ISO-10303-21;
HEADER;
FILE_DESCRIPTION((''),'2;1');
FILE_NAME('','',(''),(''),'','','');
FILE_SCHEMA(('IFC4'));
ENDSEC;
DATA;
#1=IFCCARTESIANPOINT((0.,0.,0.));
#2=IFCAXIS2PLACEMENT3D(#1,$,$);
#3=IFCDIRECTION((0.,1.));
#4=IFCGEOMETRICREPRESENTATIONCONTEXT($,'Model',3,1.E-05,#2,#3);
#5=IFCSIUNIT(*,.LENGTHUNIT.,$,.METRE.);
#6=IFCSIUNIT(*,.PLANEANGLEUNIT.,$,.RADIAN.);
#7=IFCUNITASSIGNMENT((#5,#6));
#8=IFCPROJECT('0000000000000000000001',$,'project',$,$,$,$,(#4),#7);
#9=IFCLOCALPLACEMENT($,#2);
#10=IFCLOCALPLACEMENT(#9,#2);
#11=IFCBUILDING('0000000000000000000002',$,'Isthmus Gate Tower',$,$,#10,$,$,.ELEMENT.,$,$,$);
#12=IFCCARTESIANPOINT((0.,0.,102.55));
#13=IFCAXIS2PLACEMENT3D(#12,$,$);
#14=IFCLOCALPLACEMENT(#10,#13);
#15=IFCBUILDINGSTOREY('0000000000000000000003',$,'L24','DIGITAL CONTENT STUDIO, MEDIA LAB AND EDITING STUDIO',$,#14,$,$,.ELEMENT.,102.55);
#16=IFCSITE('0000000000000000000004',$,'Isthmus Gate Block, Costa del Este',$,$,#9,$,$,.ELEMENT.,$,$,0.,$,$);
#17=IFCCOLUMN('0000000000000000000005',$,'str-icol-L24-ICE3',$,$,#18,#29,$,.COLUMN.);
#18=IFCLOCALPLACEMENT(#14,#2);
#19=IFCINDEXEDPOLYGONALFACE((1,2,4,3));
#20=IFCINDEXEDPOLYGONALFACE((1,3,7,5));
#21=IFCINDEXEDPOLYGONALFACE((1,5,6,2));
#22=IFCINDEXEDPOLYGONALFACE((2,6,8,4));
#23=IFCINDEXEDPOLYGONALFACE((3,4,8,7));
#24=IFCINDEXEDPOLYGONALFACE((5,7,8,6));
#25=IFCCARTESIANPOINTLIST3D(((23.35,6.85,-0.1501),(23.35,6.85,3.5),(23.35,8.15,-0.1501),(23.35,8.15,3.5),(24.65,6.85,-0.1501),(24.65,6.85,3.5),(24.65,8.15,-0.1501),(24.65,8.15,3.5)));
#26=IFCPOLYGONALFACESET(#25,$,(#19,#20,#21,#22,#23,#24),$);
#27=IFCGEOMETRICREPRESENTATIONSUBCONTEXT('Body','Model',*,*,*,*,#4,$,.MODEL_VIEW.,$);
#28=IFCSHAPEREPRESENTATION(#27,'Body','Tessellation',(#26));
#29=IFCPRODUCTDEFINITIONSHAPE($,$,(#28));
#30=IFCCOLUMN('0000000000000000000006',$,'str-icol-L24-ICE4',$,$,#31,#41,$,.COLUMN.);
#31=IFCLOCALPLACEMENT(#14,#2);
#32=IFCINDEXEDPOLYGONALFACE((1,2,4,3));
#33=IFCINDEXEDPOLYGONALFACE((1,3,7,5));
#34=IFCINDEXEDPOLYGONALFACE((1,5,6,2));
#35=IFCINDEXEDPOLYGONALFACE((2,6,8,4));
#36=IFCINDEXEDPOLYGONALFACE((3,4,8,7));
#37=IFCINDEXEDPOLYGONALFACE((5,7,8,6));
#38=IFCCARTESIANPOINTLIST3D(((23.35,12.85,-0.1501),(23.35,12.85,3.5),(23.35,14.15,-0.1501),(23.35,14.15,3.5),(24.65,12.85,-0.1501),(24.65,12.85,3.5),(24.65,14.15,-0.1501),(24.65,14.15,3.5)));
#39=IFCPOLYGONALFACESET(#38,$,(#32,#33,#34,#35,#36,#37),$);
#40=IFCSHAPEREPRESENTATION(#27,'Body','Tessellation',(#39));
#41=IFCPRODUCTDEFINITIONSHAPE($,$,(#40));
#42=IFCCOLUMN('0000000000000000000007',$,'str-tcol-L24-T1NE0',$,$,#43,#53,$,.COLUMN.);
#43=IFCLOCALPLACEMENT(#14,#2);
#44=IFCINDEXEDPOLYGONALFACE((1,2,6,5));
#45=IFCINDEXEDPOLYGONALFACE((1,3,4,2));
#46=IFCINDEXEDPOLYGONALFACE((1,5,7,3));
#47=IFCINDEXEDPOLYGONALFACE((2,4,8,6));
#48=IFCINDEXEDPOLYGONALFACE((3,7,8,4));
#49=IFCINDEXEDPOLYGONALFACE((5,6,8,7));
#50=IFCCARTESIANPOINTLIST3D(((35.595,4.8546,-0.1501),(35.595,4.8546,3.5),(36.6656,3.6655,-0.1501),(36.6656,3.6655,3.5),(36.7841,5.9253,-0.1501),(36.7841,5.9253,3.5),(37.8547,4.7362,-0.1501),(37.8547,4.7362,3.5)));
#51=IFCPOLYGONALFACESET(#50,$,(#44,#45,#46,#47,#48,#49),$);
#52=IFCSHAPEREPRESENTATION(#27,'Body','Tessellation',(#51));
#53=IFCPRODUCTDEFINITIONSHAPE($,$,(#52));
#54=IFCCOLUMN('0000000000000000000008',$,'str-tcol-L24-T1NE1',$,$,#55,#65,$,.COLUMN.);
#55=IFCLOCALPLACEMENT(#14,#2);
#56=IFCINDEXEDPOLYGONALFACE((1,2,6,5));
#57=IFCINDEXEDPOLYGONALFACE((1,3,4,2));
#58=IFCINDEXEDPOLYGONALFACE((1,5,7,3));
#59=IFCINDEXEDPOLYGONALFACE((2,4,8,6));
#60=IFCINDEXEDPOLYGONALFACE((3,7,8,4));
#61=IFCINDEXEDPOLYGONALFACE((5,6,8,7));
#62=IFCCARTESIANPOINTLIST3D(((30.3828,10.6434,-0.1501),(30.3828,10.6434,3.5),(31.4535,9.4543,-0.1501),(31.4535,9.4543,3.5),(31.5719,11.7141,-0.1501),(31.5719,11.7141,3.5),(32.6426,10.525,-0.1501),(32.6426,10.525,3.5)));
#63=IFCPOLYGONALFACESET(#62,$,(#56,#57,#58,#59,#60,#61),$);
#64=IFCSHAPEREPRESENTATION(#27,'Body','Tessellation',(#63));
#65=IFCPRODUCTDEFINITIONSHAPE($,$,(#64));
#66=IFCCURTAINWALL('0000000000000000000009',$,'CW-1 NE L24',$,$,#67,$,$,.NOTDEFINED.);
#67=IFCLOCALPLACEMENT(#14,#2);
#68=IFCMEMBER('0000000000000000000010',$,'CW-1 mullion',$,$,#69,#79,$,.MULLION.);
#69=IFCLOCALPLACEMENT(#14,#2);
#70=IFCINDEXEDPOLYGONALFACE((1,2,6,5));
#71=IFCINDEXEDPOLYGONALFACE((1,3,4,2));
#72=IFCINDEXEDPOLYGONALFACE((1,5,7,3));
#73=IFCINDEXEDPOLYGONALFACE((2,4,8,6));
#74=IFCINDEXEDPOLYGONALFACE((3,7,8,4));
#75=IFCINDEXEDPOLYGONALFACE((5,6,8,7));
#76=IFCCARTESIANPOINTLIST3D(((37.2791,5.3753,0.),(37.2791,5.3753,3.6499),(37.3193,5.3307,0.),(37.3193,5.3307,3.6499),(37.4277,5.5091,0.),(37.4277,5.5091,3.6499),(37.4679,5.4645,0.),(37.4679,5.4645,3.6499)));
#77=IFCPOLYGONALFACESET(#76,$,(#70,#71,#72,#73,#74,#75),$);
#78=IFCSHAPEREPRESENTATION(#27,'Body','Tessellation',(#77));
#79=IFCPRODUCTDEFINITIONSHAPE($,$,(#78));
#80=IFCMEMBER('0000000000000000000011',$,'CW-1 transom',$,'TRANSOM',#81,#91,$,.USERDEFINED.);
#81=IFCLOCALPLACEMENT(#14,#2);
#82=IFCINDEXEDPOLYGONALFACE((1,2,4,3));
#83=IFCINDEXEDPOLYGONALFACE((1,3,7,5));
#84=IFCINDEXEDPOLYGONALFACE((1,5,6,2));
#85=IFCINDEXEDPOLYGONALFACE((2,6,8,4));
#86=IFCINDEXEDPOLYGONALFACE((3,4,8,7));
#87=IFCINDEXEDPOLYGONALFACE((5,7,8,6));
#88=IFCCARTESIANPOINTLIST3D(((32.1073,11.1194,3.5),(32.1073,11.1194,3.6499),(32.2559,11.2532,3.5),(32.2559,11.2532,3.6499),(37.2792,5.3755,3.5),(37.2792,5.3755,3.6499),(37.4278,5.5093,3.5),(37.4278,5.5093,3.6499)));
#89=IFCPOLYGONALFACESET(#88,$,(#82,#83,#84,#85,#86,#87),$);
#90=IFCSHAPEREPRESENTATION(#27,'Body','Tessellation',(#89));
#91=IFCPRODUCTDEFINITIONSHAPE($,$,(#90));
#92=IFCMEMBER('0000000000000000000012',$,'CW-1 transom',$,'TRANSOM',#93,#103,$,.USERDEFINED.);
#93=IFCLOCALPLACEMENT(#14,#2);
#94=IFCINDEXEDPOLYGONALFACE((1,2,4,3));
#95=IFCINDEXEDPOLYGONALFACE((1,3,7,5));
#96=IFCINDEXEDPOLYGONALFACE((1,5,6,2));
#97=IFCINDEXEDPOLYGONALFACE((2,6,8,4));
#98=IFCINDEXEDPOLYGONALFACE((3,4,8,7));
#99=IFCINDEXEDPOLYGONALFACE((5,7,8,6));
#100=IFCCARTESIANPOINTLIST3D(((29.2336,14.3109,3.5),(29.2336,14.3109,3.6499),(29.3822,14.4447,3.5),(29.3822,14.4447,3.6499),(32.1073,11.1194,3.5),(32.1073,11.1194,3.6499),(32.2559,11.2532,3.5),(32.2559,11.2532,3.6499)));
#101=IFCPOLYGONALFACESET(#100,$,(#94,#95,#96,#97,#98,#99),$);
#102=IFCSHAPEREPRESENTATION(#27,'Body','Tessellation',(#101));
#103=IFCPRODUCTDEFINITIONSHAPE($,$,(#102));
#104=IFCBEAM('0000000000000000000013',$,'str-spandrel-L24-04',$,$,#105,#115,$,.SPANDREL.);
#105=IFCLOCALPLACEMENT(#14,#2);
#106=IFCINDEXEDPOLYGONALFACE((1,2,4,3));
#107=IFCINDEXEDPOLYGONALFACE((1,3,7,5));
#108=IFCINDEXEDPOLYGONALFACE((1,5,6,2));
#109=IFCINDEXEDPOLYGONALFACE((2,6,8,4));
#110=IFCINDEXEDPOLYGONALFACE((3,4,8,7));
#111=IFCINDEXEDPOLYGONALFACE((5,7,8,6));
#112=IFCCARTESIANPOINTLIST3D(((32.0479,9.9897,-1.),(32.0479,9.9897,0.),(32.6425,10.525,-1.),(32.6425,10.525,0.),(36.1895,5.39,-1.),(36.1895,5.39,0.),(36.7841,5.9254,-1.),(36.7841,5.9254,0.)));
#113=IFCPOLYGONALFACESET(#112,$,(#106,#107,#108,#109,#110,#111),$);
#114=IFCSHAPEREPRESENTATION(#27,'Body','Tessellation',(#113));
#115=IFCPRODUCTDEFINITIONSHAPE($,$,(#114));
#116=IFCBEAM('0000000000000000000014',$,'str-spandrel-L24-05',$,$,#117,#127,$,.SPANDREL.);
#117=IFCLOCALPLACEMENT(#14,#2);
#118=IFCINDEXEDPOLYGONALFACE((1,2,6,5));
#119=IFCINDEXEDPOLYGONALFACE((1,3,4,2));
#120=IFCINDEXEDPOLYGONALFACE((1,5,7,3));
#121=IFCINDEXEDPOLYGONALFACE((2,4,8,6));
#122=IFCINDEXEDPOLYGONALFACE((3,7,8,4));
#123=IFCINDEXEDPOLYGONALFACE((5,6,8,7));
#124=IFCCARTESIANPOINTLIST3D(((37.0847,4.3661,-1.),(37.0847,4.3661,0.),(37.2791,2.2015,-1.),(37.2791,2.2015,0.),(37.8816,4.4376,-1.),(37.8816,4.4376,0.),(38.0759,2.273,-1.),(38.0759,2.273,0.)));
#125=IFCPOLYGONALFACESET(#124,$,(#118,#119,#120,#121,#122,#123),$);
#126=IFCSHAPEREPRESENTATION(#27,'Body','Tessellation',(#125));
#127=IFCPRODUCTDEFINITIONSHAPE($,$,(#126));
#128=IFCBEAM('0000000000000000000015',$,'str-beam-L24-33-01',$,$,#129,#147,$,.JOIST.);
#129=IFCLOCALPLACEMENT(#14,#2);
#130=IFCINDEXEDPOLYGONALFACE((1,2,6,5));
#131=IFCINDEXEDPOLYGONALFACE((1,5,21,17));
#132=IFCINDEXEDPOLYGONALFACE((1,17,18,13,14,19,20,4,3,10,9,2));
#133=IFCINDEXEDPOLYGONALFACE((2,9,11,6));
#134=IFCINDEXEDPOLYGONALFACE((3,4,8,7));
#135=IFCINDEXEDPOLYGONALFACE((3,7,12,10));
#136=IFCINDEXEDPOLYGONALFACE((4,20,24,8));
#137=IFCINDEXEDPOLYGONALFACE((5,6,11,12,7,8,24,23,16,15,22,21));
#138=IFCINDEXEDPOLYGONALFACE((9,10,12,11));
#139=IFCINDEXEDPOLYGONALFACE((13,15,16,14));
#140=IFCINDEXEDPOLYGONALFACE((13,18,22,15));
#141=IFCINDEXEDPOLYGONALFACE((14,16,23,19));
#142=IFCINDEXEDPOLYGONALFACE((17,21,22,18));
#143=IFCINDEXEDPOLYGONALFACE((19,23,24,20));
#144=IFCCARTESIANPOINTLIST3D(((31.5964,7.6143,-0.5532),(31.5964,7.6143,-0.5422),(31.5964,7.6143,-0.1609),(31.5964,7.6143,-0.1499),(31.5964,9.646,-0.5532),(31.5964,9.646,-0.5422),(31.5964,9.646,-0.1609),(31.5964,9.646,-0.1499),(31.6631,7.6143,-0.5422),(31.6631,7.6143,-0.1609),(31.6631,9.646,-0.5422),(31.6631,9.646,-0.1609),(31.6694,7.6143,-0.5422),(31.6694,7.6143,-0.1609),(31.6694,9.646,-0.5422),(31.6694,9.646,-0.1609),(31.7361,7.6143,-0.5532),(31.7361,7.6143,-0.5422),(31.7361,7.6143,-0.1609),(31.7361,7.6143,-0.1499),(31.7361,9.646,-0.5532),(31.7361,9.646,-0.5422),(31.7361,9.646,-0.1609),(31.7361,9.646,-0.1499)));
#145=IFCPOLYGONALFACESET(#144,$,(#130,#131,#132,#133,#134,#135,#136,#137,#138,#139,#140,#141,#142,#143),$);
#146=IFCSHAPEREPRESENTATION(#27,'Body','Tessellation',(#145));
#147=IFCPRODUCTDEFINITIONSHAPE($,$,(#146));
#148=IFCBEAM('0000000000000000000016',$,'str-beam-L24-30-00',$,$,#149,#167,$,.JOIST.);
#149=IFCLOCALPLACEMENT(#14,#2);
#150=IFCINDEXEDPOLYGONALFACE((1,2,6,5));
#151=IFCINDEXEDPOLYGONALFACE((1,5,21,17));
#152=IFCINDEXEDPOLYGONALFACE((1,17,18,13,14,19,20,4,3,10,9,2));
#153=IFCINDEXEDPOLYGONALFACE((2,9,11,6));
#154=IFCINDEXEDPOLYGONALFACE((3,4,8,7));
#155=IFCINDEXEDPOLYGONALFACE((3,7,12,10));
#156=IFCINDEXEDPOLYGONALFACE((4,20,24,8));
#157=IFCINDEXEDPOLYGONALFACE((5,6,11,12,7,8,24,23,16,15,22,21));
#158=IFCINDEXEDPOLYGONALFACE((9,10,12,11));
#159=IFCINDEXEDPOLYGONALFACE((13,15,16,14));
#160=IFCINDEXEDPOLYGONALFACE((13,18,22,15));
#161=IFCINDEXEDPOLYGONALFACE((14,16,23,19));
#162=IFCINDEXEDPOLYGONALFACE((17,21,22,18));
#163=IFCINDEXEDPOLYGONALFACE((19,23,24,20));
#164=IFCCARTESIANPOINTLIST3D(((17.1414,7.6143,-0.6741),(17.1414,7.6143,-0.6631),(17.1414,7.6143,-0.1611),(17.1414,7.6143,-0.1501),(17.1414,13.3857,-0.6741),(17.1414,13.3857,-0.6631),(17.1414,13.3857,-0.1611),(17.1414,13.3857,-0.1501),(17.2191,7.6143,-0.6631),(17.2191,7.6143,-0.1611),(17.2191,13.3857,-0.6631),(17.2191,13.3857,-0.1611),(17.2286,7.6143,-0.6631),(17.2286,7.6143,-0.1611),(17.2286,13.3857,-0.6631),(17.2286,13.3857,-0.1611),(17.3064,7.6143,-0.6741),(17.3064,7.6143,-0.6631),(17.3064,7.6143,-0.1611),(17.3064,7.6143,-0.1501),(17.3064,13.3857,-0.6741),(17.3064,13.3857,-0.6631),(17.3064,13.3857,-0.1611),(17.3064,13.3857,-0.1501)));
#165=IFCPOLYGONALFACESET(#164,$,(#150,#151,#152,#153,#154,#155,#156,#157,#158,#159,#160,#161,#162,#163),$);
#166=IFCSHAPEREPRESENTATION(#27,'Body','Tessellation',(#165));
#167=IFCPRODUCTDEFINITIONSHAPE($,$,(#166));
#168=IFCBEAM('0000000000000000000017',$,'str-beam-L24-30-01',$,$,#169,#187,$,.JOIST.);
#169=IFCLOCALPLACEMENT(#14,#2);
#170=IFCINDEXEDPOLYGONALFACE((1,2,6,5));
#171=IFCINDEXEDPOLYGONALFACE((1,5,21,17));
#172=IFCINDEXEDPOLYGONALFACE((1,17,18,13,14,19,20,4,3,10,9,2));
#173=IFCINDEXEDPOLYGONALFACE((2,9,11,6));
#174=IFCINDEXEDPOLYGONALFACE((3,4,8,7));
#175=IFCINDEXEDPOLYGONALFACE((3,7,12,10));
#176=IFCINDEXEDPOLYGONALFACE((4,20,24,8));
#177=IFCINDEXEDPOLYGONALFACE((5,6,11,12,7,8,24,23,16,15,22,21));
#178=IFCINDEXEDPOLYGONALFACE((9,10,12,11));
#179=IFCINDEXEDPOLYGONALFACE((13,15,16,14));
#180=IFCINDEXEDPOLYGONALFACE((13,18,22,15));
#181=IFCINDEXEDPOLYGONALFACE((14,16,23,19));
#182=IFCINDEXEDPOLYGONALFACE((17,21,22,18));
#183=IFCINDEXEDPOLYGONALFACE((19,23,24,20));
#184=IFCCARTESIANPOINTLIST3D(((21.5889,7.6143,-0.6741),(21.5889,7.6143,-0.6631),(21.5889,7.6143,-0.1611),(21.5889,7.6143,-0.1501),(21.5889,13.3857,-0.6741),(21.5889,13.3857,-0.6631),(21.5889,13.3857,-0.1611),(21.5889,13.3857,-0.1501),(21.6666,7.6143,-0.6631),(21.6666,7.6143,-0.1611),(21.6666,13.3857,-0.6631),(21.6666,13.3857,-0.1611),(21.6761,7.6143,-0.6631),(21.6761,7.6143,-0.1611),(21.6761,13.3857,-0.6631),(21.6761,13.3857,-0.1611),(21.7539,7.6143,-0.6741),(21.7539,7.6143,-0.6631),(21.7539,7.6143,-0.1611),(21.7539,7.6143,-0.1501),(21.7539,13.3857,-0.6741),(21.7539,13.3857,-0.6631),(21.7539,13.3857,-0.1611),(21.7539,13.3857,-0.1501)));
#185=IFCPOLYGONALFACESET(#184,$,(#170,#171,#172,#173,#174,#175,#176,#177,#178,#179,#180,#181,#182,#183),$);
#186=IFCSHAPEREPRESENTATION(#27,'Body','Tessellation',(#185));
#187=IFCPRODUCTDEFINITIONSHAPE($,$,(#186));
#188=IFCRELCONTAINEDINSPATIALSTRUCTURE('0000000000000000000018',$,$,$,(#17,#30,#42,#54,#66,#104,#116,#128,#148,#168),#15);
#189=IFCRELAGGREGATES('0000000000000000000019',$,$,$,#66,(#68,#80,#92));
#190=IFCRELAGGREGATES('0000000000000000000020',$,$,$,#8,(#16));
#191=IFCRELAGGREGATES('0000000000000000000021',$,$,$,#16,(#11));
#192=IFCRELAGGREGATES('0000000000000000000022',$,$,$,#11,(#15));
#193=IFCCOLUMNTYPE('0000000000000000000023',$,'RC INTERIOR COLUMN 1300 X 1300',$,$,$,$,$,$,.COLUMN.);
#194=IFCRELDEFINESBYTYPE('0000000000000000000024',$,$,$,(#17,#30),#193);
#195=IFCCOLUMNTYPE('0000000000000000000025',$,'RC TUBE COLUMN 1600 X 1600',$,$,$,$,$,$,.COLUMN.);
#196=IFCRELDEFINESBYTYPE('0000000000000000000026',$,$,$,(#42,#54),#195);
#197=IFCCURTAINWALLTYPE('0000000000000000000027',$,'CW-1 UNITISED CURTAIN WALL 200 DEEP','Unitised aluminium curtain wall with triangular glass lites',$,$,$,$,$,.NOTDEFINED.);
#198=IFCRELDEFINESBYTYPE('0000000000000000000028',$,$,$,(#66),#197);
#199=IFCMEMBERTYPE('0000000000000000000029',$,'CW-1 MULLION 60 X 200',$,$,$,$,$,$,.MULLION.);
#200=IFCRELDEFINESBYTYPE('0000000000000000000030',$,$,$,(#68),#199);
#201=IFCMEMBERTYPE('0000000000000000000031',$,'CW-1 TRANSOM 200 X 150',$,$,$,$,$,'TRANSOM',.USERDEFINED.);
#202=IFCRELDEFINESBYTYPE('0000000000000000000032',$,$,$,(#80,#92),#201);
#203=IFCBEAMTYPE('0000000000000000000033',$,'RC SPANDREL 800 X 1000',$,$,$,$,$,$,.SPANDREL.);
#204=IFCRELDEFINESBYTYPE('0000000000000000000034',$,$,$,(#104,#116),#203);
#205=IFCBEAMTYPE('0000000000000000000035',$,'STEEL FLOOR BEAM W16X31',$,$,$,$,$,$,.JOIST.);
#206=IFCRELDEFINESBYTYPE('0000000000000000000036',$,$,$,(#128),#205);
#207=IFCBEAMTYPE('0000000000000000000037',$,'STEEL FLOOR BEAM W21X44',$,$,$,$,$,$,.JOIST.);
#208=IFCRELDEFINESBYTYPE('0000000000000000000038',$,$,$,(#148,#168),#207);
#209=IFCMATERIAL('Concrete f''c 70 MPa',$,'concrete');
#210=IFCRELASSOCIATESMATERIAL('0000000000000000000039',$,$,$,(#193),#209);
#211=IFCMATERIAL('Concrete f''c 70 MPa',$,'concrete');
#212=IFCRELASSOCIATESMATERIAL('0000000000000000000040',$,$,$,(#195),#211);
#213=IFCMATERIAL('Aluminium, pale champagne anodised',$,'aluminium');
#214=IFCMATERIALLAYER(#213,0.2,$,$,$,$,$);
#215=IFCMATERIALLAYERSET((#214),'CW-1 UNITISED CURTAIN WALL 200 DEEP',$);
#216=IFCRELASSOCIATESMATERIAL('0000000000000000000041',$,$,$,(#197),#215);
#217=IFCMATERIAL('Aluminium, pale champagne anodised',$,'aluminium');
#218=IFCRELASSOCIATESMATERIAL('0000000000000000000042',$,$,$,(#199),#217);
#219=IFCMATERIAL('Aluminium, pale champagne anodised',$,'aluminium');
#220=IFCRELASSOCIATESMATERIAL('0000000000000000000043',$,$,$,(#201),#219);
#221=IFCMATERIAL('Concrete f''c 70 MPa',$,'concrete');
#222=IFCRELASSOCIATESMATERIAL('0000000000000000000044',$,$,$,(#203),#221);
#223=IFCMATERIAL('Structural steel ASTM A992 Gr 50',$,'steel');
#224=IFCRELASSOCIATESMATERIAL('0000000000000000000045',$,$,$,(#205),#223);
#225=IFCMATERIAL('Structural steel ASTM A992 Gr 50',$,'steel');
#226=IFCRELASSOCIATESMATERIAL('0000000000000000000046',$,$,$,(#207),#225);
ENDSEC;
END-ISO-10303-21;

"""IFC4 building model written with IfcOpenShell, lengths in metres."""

from ifc_helpers import new_model, si_unit, direction, frame, origin, origin_2d, place, context, subcontext, project, spatial, rectangle, i_section, extrude, material, layer, layer_set, material_profile, profile_set, type_object, element, aggregate, save


model = new_model("IFC4")

# Units and contexts
model_context = context("Model", 3, precision=1e-05, world=origin(), true_north=direction((0.0, 1.0)))
body_context = subcontext(model_context, "Body", "Model", "MODEL_VIEW")
ifc_project = project(units=[si_unit("LENGTHUNIT", "METRE"), si_unit("PLANEANGLEUNIT", "RADIAN")], contexts=[model_context])

# Site, building, storey
site_placement = place(None, origin())
site = spatial("IfcSite", under=ifc_project, at=site_placement, Name="Isthmus Gate Block, Costa del Este", CompositionType="ELEMENT", RefElevation=0.0)
building_placement = place(site_placement, origin())
building = spatial("IfcBuilding", under=site, at=building_placement, Name="Isthmus Gate Tower", CompositionType="ELEMENT")
storey_placement = place(building_placement, frame((0.0, 0.0, 102.55)))
storey = spatial("IfcBuildingStorey", under=building, at=storey_placement, Name="L24", Description="DIGITAL CONTENT STUDIO, MEDIA LAB AND EDITING STUDIO", CompositionType="ELEMENT", Elevation=102.55)

# Columns
ifc_material_1 = material(Name="Concrete f'c 70 MPa", Category="concrete")
ifc_material_profile_1 = material_profile(ifc_material_1, rectangle(XDim=1.3, YDim=1.3, at=origin_2d()), Name="RC 1300X1300")
ifc_profile_set_1 = profile_set([ifc_material_profile_1], Name="Concrete f'c 70 MPa")
column_type_1 = type_object("IfcColumnType", Name="RC INTERIOR COLUMN 1300 X 1300", PredefinedType="COLUMN", material=ifc_profile_set_1)
for number, where, z_axis, x_axis, name in (
    (1, (24.0, 7.5, -0.1501), (0.0, 0.0, 1.0), (1.0, 0.0, 0.0), "str-icol-L24-ICE3"),
    (2, (24.0, 13.5, -0.1501), (0.0, 0.0, 1.0), (1.0, 0.0, 0.0), "str-icol-L24-ICE4"),
):
    element("IfcColumn", number, at=place(storey_placement, frame(where, z_axis=z_axis, x_axis=x_axis)), inside=storey, type_object=column_type_1, Name=name, PredefinedType="COLUMN", context=body_context, shape_type="SweptSolid", body=[
        extrude(rectangle(XDim=1.3, YDim=1.3, at=origin_2d()), origin(), (0.0, 0.0, 1.0), 3.6501),
    ])
ifc_material_2 = material(Name="Concrete f'c 70 MPa", Category="concrete")
ifc_material_profile_2 = material_profile(ifc_material_2, rectangle(XDim=1.6001, YDim=1.6001, at=origin_2d()), Name="RC 1600X1600")
ifc_profile_set_2 = profile_set([ifc_material_profile_2], Name="Concrete f'c 70 MPa")
column_type_2 = type_object("IfcColumnType", Name="RC TUBE COLUMN 1600 X 1600", PredefinedType="COLUMN", material=ifc_profile_set_2)
for number, where, z_axis, x_axis, name in (
    (3, (36.7249, 4.7954, -0.1501), (0.0, 0.0, 1.0), (-0.669131, 0.743145, 0.0), "str-tcol-L24-T1NE0"),
    (4, (31.5127, 10.5842, -0.1501), (0.0, 0.0, 1.0), (-0.669131, 0.743145, 0.0), "str-tcol-L24-T1NE1"),
):
    element("IfcColumn", number, at=place(storey_placement, frame(where, z_axis=z_axis, x_axis=x_axis)), inside=storey, type_object=column_type_2, Name=name, PredefinedType="COLUMN", context=body_context, shape_type="SweptSolid", body=[
        extrude(rectangle(XDim=1.6001, YDim=1.6001, at=origin_2d()), origin(), (0.0, 0.0, 1.0), 3.6501),
    ])

# Curtain wall, members
ifc_material_3 = material(Name="Aluminium, pale champagne anodised", Category="aluminium")
ifc_layer_1 = layer(ifc_material_3, 0.2)
ifc_layer_set_1 = layer_set([ifc_layer_1], Name="CW-1 UNITISED CURTAIN WALL 200 DEEP")
curtain_wall_type = type_object("IfcCurtainWallType", Name="CW-1 UNITISED CURTAIN WALL 200 DEEP", Description="Unitised aluminium curtain wall with triangular glass lites", PredefinedType="NOTDEFINED", material=ifc_layer_set_1)
curtain_wall_placement = place(storey_placement, origin())
curtain_wall = element("IfcCurtainWall", 5, at=curtain_wall_placement, inside=storey, type_object=curtain_wall_type, Name="CW-1 NE L24", PredefinedType="NOTDEFINED")
ifc_material_4 = material(Name="Aluminium, pale champagne anodised", Category="aluminium")
ifc_material_profile_3 = material_profile(ifc_material_4, rectangle(XDim=0.0601, YDim=0.2, at=origin_2d()), Name="60x200")
ifc_profile_set_3 = profile_set([ifc_material_profile_3], Name="Aluminium, pale champagne anodised")
member_type_1 = type_object("IfcMemberType", Name="CW-1 MULLION 60 X 200", PredefinedType="MULLION", material=ifc_profile_set_3)
member_1_placement = place(storey_placement, frame((37.3735, 5.4199, 0.0), z_axis=(0.0, 0.0, 1.0), x_axis=(-0.669131, 0.743145, 0.0)))
member_1 = element("IfcMember", 6, at=member_1_placement, type_object=member_type_1, Name="CW-1 mullion", PredefinedType="MULLION", context=body_context, shape_type="SweptSolid", body=[
    extrude(rectangle(XDim=0.0601, YDim=0.2, at=origin_2d()), origin(), (0.0, 0.0, 1.0), 3.6499),
])
ifc_material_5 = material(Name="Aluminium, pale champagne anodised", Category="aluminium")
ifc_material_profile_4 = material_profile(ifc_material_5, rectangle(XDim=0.2, YDim=0.1499, at=origin_2d()), Name="200x150")
ifc_profile_set_4 = profile_set([ifc_material_profile_4], Name="Aluminium, pale champagne anodised")
member_type_2 = type_object("IfcMemberType", Name="CW-1 TRANSOM 200 X 150", ElementType="TRANSOM", PredefinedType="USERDEFINED", material=ifc_profile_set_4)
member_2_placement = place(storey_placement, frame((37.3535, 5.4424, 3.575), z_axis=(-0.669134, 0.743142, 0.0), x_axis=(-0.743142, -0.669134, 0.0)))
member_2 = element("IfcMember", 7, at=member_2_placement, type_object=member_type_2, Name="CW-1 transom", ObjectType="TRANSOM", PredefinedType="USERDEFINED", context=body_context, shape_type="SweptSolid", body=[
    extrude(rectangle(XDim=0.2, YDim=0.1499, at=origin_2d()), origin(), (0.0, 0.0, 1.0), 7.7292),
])
member_3_placement = place(storey_placement, frame((32.1816, 11.1863, 3.575), z_axis=(-0.669131, 0.743144, 0.0), x_axis=(-0.743144, -0.669131, 0.0)))
member_3 = element("IfcMember", 8, at=member_3_placement, type_object=member_type_2, Name="CW-1 transom", ObjectType="TRANSOM", PredefinedType="USERDEFINED", context=body_context, shape_type="SweptSolid", body=[
    extrude(rectangle(XDim=0.2, YDim=0.1499, at=origin_2d()), origin(), (0.0, 0.0, 1.0), 4.2947),
])

# Beams
ifc_material_6 = material(Name="Concrete f'c 70 MPa", Category="concrete")
ifc_material_profile_5 = material_profile(ifc_material_6, rectangle(XDim=0.8, YDim=1.0, at=origin_2d()), Name="RC 800X1000")
ifc_profile_set_5 = profile_set([ifc_material_profile_5], Name="Concrete f'c 70 MPa")
beam_type_1 = type_object("IfcBeamType", Name="RC SPANDREL 800 X 1000", PredefinedType="SPANDREL", material=ifc_profile_set_5)
beam_1_placement = place(storey_placement, frame((32.3452, 10.2573, -0.5), z_axis=(0.669139, -0.743137, 0.0), x_axis=(0.743137, 0.669139, 0.0)))
element("IfcBeam", 9, at=beam_1_placement, inside=storey, type_object=beam_type_1, Name="str-spandrel-L24-04", PredefinedType="SPANDREL", context=body_context, shape_type="SweptSolid", body=[
    extrude(rectangle(XDim=0.8, YDim=1.0, at=origin_2d()), origin(), (0.0, 0.0, 1.0), 6.1895),
])
beam_2_placement = place(storey_placement, frame((37.4832, 4.4019, -0.5), z_axis=(0.089422, -0.995994, 0.0), x_axis=(0.995994, 0.089422, 0.0)))
element("IfcBeam", 10, at=beam_2_placement, inside=storey, type_object=beam_type_1, Name="str-spandrel-L24-05", PredefinedType="SPANDREL", context=body_context, shape_type="SweptSolid", body=[
    extrude(rectangle(XDim=0.8, YDim=1.0, at=origin_2d()), origin(), (0.0, 0.0, 1.0), 2.1733),
])
ifc_material_7 = material(Name="Structural steel ASTM A992 Gr 50", Category="steel")
ifc_material_profile_6 = material_profile(ifc_material_7, i_section(OverallWidth=0.1396, OverallDepth=0.4033, WebThickness=0.0063, FlangeThickness=0.011, at=origin_2d()), Name="W16X31")
ifc_profile_set_6 = profile_set([ifc_material_profile_6], Name="Structural steel ASTM A992 Gr 50")
beam_type_2 = type_object("IfcBeamType", Name="STEEL FLOOR BEAM W16X31", PredefinedType="JOIST", material=ifc_profile_set_6)
beam_3_placement = place(storey_placement, frame((31.6663, 7.6143, -0.3516), z_axis=(0.0, 1.0, 0.0), x_axis=(-1.0, 0.0, 0.0)))
element("IfcBeam", 11, at=beam_3_placement, inside=storey, type_object=beam_type_2, Name="str-beam-L24-33-01", PredefinedType="JOIST", context=body_context, shape_type="SweptSolid", body=[
    extrude(i_section(OverallWidth=0.1396, OverallDepth=0.4033, WebThickness=0.0063, FlangeThickness=0.011, at=origin_2d()), origin(), (0.0, 0.0, 1.0), 2.0317),
])
ifc_material_8 = material(Name="Structural steel ASTM A992 Gr 50", Category="steel")
ifc_material_profile_7 = material_profile(ifc_material_8, i_section(OverallWidth=0.165, OverallDepth=0.5239, WebThickness=0.0095, FlangeThickness=0.011, at=origin_2d()), Name="W21X44")
ifc_profile_set_7 = profile_set([ifc_material_profile_7], Name="Structural steel ASTM A992 Gr 50")
beam_type_3 = type_object("IfcBeamType", Name="STEEL FLOOR BEAM W21X44", PredefinedType="JOIST", material=ifc_profile_set_7)
for number, where, z_axis, x_axis, name in (
    (12, (17.2239, 7.6143, -0.4121), (0.0, 1.0, 0.0), (-1.0, 0.0, 0.0), "str-beam-L24-30-00"),
    (13, (21.6714, 7.6143, -0.4121), (0.0, 1.0, 0.0), (-1.0, 0.0, 0.0), "str-beam-L24-30-01"),
):
    element("IfcBeam", number, at=place(storey_placement, frame(where, z_axis=z_axis, x_axis=x_axis)), inside=storey, type_object=beam_type_3, Name=name, PredefinedType="JOIST", context=body_context, shape_type="SweptSolid", body=[
        extrude(i_section(OverallWidth=0.165, OverallDepth=0.5239, WebThickness=0.0095, FlangeThickness=0.011, at=origin_2d()), origin(), (0.0, 0.0, 1.0), 5.7715),
    ])

aggregate(curtain_wall, [member_1, member_2, member_3])

save(model, "model.ifc")
